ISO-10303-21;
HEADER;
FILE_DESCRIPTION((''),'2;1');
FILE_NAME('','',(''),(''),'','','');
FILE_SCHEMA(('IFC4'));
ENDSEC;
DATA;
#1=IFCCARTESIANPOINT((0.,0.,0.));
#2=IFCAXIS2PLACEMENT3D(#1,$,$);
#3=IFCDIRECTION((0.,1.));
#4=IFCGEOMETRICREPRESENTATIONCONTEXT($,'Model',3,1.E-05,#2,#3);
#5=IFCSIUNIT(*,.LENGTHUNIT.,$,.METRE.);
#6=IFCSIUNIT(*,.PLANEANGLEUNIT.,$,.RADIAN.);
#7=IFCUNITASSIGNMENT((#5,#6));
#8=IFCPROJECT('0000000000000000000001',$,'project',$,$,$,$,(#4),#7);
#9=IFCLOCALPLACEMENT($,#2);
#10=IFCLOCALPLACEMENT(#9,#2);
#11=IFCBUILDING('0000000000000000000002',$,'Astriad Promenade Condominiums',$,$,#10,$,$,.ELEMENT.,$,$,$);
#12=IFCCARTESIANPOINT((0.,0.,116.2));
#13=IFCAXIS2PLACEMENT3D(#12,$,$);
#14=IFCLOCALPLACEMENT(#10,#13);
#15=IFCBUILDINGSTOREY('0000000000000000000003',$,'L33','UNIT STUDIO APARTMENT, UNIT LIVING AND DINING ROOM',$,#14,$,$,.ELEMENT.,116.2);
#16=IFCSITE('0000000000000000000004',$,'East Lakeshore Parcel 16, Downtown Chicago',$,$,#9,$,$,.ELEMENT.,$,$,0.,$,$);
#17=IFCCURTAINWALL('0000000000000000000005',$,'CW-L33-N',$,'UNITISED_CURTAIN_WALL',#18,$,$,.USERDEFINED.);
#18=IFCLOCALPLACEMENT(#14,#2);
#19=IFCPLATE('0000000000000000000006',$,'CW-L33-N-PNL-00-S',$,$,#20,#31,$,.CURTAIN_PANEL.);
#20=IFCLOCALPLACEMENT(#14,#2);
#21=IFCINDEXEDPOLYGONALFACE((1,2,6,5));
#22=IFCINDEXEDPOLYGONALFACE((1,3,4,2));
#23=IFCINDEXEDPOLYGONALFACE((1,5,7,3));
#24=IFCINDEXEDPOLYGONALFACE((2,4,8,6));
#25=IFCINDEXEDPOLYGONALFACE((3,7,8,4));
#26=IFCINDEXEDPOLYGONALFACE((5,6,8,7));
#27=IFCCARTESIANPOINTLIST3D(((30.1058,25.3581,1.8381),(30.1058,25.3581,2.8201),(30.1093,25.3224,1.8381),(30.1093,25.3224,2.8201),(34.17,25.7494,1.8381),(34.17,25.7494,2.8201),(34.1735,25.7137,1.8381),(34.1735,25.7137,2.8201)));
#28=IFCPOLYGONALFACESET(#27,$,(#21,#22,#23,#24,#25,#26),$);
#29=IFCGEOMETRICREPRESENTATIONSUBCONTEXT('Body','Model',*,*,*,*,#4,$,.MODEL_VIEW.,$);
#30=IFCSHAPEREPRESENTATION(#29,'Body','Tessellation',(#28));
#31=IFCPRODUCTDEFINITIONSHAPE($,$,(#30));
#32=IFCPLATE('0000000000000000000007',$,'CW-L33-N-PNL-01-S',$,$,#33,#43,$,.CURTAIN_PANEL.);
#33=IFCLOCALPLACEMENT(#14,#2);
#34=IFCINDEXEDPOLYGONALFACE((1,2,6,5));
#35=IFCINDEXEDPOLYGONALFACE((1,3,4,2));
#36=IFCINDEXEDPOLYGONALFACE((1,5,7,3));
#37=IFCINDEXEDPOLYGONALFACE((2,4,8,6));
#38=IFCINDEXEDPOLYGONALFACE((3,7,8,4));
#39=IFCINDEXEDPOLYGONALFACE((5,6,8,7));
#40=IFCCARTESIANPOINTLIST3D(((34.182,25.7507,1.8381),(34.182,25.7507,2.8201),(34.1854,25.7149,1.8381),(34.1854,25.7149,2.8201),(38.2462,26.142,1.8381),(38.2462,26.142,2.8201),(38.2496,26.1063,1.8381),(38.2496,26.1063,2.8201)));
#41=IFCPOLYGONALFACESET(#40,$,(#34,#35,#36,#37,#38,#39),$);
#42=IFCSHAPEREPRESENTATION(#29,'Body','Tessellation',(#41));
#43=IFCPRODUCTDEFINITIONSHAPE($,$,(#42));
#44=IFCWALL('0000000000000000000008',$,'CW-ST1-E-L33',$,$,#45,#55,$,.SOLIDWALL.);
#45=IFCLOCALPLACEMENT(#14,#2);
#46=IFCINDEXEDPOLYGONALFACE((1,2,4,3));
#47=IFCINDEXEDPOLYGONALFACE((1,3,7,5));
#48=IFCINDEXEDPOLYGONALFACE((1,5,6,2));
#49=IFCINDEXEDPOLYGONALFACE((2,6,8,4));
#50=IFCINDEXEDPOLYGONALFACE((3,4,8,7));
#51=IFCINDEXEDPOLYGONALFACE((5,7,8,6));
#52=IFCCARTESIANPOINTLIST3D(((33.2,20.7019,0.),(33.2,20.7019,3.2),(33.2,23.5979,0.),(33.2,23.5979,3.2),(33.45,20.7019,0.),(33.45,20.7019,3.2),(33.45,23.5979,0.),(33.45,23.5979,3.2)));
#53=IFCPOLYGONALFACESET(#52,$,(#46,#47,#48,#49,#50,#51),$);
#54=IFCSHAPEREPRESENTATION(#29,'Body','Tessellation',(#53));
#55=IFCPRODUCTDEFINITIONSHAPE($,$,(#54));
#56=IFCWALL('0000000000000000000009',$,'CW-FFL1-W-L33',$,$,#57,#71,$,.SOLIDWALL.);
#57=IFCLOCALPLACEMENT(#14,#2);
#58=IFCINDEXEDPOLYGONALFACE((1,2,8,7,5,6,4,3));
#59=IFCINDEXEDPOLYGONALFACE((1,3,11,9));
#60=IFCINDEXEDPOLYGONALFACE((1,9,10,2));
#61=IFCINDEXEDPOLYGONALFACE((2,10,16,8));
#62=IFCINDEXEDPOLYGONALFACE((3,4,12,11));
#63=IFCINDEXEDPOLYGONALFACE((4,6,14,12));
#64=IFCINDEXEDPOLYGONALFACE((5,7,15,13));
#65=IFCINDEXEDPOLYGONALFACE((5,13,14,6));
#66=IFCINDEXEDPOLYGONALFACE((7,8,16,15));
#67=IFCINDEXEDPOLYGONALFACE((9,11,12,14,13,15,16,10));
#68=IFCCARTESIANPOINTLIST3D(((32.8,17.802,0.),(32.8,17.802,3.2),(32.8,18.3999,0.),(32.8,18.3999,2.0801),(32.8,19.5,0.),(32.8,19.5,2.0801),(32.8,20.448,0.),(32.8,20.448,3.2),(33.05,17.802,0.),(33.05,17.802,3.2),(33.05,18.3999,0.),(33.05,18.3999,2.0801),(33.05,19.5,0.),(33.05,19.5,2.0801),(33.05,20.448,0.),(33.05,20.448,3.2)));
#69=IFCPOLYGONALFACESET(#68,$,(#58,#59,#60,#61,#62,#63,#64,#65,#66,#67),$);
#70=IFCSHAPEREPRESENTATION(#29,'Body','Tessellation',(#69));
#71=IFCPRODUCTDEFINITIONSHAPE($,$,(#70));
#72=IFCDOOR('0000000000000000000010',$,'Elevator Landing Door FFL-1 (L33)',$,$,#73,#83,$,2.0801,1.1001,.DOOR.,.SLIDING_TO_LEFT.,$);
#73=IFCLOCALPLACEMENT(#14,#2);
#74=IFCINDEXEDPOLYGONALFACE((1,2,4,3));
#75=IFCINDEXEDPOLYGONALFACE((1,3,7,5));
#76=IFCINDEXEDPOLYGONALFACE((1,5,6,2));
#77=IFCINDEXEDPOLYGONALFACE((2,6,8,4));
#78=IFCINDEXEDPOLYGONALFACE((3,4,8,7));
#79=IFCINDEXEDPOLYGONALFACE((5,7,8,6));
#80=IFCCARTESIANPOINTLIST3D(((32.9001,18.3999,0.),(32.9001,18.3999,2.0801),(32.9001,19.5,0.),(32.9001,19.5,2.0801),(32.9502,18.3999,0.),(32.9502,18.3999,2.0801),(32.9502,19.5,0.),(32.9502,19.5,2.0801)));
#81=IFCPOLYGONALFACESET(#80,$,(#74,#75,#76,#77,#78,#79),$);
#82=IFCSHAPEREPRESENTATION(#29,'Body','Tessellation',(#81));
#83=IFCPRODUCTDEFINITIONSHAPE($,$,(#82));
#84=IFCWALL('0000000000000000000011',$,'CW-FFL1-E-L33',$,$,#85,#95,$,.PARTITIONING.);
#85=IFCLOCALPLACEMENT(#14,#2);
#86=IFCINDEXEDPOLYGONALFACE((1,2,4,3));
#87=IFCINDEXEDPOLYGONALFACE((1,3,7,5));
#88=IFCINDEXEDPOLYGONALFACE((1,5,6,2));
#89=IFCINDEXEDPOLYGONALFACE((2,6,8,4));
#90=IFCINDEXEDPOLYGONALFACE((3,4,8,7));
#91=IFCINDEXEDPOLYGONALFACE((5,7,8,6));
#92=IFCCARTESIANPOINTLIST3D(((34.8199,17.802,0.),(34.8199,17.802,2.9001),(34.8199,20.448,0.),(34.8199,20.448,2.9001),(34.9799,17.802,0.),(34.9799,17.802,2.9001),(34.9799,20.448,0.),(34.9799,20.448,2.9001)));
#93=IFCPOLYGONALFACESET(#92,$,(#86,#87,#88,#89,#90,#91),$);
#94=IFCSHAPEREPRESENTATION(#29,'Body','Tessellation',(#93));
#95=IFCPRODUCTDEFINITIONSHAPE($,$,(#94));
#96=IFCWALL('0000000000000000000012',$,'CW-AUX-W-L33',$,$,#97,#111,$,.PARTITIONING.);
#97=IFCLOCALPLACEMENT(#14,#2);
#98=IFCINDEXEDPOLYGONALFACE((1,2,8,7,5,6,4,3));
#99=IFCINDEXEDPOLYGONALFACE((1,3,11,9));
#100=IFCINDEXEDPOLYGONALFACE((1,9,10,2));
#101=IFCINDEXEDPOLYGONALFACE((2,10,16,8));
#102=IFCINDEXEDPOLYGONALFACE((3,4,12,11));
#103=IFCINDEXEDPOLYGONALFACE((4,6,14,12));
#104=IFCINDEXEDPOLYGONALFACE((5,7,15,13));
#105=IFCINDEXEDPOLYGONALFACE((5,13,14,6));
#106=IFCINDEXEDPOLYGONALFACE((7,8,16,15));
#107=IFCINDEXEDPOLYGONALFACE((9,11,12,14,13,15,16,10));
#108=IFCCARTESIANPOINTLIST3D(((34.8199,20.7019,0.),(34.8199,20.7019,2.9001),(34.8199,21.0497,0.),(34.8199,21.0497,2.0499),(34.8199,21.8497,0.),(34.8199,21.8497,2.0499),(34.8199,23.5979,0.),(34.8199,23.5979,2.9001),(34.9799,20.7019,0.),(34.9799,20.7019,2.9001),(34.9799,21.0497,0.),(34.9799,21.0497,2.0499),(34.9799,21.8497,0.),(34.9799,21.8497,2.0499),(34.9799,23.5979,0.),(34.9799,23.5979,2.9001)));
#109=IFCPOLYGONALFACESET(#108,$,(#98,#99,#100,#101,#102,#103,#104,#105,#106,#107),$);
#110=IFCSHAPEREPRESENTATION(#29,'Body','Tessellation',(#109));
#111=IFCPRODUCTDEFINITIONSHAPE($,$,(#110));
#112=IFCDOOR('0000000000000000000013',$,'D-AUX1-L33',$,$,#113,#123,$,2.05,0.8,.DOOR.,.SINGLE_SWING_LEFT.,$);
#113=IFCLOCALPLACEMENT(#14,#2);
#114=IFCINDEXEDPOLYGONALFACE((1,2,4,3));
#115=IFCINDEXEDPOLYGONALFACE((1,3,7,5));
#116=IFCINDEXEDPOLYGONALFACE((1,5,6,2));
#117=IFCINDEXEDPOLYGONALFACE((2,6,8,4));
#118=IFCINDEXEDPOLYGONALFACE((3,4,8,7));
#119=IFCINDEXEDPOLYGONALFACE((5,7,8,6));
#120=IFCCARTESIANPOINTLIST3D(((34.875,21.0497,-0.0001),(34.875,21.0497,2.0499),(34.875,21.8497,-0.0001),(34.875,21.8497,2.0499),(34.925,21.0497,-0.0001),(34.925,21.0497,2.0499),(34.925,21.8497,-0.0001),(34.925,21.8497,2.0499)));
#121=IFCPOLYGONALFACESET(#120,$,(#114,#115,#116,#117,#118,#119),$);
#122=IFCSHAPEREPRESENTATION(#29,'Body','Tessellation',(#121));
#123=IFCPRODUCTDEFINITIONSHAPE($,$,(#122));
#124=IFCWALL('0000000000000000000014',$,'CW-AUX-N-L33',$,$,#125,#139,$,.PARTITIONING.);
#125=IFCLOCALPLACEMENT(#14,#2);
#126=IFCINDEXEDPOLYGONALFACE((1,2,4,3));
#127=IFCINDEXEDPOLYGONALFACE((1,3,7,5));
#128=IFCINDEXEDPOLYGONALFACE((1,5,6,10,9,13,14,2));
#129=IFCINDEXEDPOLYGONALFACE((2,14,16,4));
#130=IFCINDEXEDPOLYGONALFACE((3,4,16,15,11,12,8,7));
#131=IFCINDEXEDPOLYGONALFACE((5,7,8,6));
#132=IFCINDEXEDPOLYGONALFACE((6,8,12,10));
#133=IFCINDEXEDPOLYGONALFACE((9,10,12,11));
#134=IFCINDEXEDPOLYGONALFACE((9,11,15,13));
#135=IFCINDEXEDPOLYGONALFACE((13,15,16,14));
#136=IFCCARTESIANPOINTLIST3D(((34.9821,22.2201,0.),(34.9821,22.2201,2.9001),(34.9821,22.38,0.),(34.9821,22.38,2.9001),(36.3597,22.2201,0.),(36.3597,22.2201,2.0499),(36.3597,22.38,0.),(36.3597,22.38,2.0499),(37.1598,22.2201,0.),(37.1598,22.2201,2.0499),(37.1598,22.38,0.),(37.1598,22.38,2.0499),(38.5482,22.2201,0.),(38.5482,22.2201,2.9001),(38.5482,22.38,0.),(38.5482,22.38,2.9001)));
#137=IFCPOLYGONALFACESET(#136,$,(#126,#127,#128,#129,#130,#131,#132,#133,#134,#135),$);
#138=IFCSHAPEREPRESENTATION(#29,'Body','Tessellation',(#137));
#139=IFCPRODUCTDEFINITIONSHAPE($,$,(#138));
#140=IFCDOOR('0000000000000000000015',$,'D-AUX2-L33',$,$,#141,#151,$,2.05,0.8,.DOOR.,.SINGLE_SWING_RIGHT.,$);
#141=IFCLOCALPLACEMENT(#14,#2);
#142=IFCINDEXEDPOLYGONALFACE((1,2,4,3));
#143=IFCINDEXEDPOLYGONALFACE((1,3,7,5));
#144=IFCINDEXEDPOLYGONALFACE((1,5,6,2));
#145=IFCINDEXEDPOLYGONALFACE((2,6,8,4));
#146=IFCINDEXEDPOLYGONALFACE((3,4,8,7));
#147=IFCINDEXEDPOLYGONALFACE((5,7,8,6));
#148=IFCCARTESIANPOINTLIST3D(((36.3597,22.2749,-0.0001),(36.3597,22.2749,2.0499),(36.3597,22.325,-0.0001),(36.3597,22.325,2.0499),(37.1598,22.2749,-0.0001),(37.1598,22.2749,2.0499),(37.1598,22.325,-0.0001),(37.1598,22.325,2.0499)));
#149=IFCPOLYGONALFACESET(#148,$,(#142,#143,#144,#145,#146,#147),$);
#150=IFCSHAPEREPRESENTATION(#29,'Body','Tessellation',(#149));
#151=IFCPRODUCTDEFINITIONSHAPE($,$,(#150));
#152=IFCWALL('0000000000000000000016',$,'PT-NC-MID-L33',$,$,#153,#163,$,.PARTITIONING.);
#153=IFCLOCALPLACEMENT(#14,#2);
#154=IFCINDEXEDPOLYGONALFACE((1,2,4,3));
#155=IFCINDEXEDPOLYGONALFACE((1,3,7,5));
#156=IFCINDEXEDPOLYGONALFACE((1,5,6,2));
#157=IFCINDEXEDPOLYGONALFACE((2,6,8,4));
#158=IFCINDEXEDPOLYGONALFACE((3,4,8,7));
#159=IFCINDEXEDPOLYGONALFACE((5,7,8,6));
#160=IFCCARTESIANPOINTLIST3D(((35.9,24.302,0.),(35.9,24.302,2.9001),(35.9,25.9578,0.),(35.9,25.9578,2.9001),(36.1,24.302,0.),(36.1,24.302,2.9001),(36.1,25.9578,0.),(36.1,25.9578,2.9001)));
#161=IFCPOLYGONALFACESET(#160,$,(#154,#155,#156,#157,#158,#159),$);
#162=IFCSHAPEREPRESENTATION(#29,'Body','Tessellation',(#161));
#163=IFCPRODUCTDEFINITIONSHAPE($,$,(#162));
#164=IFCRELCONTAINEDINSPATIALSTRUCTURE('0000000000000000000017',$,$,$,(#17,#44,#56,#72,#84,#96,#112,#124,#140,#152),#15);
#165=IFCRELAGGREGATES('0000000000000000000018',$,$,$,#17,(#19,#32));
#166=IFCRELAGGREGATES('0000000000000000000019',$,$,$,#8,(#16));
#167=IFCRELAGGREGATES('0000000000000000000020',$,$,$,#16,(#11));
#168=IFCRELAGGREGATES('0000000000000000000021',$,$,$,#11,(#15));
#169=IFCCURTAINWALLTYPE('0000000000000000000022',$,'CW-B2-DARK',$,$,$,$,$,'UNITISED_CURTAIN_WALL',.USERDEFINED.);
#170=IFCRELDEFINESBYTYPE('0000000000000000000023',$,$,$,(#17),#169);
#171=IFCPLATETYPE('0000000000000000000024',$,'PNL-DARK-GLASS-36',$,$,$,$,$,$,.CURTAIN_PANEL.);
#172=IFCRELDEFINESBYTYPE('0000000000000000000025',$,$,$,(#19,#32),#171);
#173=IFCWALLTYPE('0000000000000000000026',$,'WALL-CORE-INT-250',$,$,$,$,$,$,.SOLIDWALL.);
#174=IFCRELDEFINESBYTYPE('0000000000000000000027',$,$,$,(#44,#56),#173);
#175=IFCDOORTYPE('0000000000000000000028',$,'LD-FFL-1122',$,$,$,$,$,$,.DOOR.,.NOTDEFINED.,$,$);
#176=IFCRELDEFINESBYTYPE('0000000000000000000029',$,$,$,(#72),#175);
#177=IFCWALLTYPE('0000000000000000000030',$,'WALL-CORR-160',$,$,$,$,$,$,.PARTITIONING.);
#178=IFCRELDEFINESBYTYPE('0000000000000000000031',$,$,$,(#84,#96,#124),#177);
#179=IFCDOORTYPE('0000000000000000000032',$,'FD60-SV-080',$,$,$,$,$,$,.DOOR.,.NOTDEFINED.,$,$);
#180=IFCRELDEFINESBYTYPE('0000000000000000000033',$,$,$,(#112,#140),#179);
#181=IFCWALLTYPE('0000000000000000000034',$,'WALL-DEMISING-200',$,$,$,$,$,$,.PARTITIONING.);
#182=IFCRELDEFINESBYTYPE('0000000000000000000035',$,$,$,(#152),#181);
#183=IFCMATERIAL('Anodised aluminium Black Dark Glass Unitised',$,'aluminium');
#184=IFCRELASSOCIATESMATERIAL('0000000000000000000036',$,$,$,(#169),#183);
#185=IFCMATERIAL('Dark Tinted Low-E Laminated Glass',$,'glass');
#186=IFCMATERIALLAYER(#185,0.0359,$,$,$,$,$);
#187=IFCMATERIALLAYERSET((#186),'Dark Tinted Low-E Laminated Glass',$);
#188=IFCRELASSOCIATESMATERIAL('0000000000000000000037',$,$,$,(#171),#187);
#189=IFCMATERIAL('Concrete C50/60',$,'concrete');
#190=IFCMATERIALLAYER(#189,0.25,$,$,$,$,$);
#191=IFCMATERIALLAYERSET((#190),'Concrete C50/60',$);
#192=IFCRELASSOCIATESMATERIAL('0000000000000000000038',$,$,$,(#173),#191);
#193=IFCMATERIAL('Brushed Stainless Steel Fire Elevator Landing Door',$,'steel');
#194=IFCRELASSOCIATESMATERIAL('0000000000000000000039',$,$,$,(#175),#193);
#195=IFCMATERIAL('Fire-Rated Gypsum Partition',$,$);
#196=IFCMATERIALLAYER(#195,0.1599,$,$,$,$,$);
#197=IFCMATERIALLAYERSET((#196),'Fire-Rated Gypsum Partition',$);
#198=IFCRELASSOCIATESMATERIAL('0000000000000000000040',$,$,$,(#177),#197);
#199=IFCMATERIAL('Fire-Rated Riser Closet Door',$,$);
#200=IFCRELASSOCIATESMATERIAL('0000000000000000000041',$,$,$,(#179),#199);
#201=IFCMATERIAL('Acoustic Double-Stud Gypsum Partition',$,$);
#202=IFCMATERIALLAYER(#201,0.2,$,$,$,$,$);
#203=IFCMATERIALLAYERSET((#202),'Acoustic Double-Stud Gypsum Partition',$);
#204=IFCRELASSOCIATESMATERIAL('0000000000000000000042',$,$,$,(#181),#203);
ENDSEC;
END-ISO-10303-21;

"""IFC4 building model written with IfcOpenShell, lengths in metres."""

from ifc_helpers import new_model, si_unit, direction, frame, frame_2d, origin, origin_2d, place, context, subcontext, project, spatial, rectangle, extrude, source, transform, mapped, material, layer, layer_set, type_object, type_shapes, element, fill, aggregate, save


model = new_model("IFC4")

# Units and contexts
model_context = context("Model", 3, precision=1e-05, world=origin(), true_north=direction((0.0, 1.0)))
body_context = subcontext(model_context, "Body", "Model", "MODEL_VIEW")
ifc_project = project(units=[si_unit("LENGTHUNIT", "METRE"), si_unit("PLANEANGLEUNIT", "RADIAN")], contexts=[model_context])

# Site, building, storey
site_placement = place(None, origin())
site = spatial("IfcSite", under=ifc_project, at=site_placement, Name="East Lakeshore Parcel 16, Downtown Chicago", CompositionType="ELEMENT", RefElevation=0.0)
building_placement = place(site_placement, origin())
building = spatial("IfcBuilding", under=site, at=building_placement, Name="Astriad Promenade Condominiums", CompositionType="ELEMENT")
storey_placement = place(building_placement, frame((0.0, 0.0, 116.2)))
storey = spatial("IfcBuildingStorey", under=building, at=storey_placement, Name="L33", Description="UNIT STUDIO APARTMENT, UNIT LIVING AND DINING ROOM", CompositionType="ELEMENT", Elevation=116.2)

# Curtain wall, plates
ifc_material_1 = material(Name="Anodised aluminium Black Dark Glass Unitised", Category="aluminium")
curtain_wall_type = type_object("IfcCurtainWallType", Name="CW-B2-DARK", ElementType="UNITISED_CURTAIN_WALL", PredefinedType="USERDEFINED", material=ifc_material_1)
curtain_wall_placement = place(storey_placement, origin())
curtain_wall = element("IfcCurtainWall", 1, at=curtain_wall_placement, inside=storey, type_object=curtain_wall_type, Name="CW-L33-N", ObjectType="UNITISED_CURTAIN_WALL", PredefinedType="USERDEFINED")
ifc_material_2 = material(Name="Dark Tinted Low-E Laminated Glass", Category="glass")
ifc_layer_1 = layer(ifc_material_2, 0.0359)
ifc_layer_set_1 = layer_set([ifc_layer_1], Name="Dark Tinted Low-E Laminated Glass")
plate_type = type_object("IfcPlateType", Name="PNL-DARK-GLASS-36", PredefinedType="CURTAIN_PANEL", material=ifc_layer_set_1)
shared_shape_1 = source(origin(), body_context, "Body", "SweptSolid", [
    extrude(rectangle(XDim=4.083, YDim=0.0359, at=origin_2d()), origin(), (0.0, 0.0, 1.0), 0.9819),
])
plate_1_placement = place(storey_placement, frame((32.1396, 25.5359, 1.8381), z_axis=(0.0, 0.0, 1.0), x_axis=(0.995396, 0.095846, 0.0)))
plate_1 = element("IfcPlate", 2, at=plate_1_placement, type_object=plate_type, Name="CW-L33-N-PNL-00-S", PredefinedType="CURTAIN_PANEL", context=body_context, shape_type="MappedRepresentation", body=[
    mapped(shared_shape_1, transform((0.0, 0.0, 0.0), scale=1.0)),
])
plate_2_placement = place(storey_placement, frame((36.2158, 25.9285, 1.8381), z_axis=(0.0, 0.0, 1.0), x_axis=(0.995396, 0.095846, 0.0)))
plate_2 = element("IfcPlate", 3, at=plate_2_placement, type_object=plate_type, Name="CW-L33-N-PNL-01-S", PredefinedType="CURTAIN_PANEL", context=body_context, shape_type="MappedRepresentation", body=[
    mapped(shared_shape_1, transform((0.0, 0.0, 0.0), scale=1.0)),
])
aggregate(curtain_wall, [plate_1, plate_2])

# Wall
ifc_material_3 = material(Name="Concrete C50/60", Category="concrete")
ifc_layer_2 = layer(ifc_material_3, 0.25)
ifc_layer_set_2 = layer_set([ifc_layer_2], Name="Concrete C50/60")
wall_type_1 = type_object("IfcWallType", Name="WALL-CORE-INT-250", PredefinedType="SOLIDWALL", material=ifc_layer_set_2)
wall_1_placement = place(storey_placement, frame((33.325, 20.7019, 0.0), z_axis=(0.0, 0.0, 1.0), x_axis=(0.0, 1.0, 0.0)))
element("IfcWall", 4, at=wall_1_placement, inside=storey, type_object=wall_type_1, Name="CW-ST1-E-L33", PredefinedType="SOLIDWALL", context=body_context, shape_type="SweptSolid", body=[
    extrude(rectangle(XDim=2.896, YDim=0.25, at=frame_2d((1.448, 0.0))), origin(), (0.0, 0.0, 1.0), 3.2),
])

# Wall, opening, door
wall_2_placement = place(storey_placement, frame((32.925, 17.802, 0.0), z_axis=(0.0, 0.0, 1.0), x_axis=(0.0, 1.0, 0.0)))
wall_2 = element("IfcWall", 5, at=wall_2_placement, inside=storey, type_object=wall_type_1, Name="CW-FFL1-W-L33", PredefinedType="SOLIDWALL", context=body_context, shape_type="SweptSolid", body=[
    extrude(rectangle(XDim=2.646, YDim=0.25, at=frame_2d((1.323, 0.0))), origin(), (0.0, 0.0, 1.0), 3.2),
])
opening_1_placement = place(wall_2_placement, frame((0.5979, 0.0, 0.0)))
opening_1 = element("IfcOpeningElement", 6, at=opening_1_placement, cuts=wall_2, PredefinedType="OPENING", context=body_context, shape_type="SweptSolid", body=[
    extrude(rectangle(XDim=1.1001, YDim=2.0801, at=frame_2d((0.55, 1.04))), frame((0.0, 0.135, 0.0), z_axis=(0.0, -1.0, 0.0), x_axis=(1.0, 0.0, 0.0)), (0.0, 0.0, 1.0), 0.27),
])
ifc_material_4 = material(Name="Brushed Stainless Steel Fire Elevator Landing Door", Category="steel")
door_type_1 = type_object("IfcDoorType", Name="LD-FFL-1122", OperationType="NOTDEFINED", PredefinedType="DOOR", material=ifc_material_4)
shared_shape_2 = source(origin(), body_context, "Body", "SweptSolid", [
    extrude(rectangle(XDim=1.1001, YDim=2.0801, at=frame_2d((0.55, 1.04))), frame((0.0, 0.0249, 0.0), z_axis=(0.0, -1.0, 0.0), x_axis=(1.0, 0.0, 0.0)), (0.0, 0.0, 1.0), 0.05),
])
type_shapes(door_type_1, [shared_shape_2])
door_1_placement = place(opening_1_placement, origin())
door_1 = element("IfcDoor", 7, at=door_1_placement, inside=storey, type_object=door_type_1, Name="Elevator Landing Door FFL-1 (L33)", OperationType="SLIDING_TO_LEFT", OverallHeight=2.0801, OverallWidth=1.1001, PredefinedType="DOOR", context=body_context, shape_type="MappedRepresentation", body=[
    mapped(shared_shape_2, transform((0.0, 0.0, 0.0), scale=1.0)),
])
fill(opening_1, door_1)

# Wall
ifc_material_5 = material(Name="Fire-Rated Gypsum Partition")
ifc_layer_3 = layer(ifc_material_5, 0.1599)
ifc_layer_set_3 = layer_set([ifc_layer_3], Name="Fire-Rated Gypsum Partition")
wall_type_2 = type_object("IfcWallType", Name="WALL-CORR-160", PredefinedType="PARTITIONING", material=ifc_layer_set_3)
wall_3_placement = place(storey_placement, frame((34.8999, 17.802, 0.0), z_axis=(0.0, 0.0, 1.0), x_axis=(0.0, 1.0, 0.0)))
element("IfcWall", 8, at=wall_3_placement, inside=storey, type_object=wall_type_2, Name="CW-FFL1-E-L33", PredefinedType="PARTITIONING", context=body_context, shape_type="SweptSolid", body=[
    extrude(rectangle(XDim=2.646, YDim=0.1599, at=frame_2d((1.323, 0.0))), origin(), (0.0, 0.0, 1.0), 2.9001),
])

# Walls, openings, doors
wall_4_placement = place(storey_placement, frame((34.8999, 20.7019, 0.0), z_axis=(0.0, 0.0, 1.0), x_axis=(0.0, 1.0, 0.0)))
wall_4 = element("IfcWall", 9, at=wall_4_placement, inside=storey, type_object=wall_type_2, Name="CW-AUX-W-L33", PredefinedType="PARTITIONING", context=body_context, shape_type="SweptSolid", body=[
    extrude(rectangle(XDim=2.896, YDim=0.1599, at=frame_2d((1.448, 0.0))), origin(), (0.0, 0.0, 1.0), 2.9001),
])
opening_2_placement = place(wall_4_placement, frame((0.3479, 0.0, 0.0)))
opening_2 = element("IfcOpeningElement", 10, at=opening_2_placement, cuts=wall_4, PredefinedType="OPENING", context=body_context, shape_type="SweptSolid", body=[
    extrude(rectangle(XDim=0.8, YDim=2.05, at=frame_2d((0.3999, 1.0249))), frame((0.0, 0.0898, 0.0), z_axis=(0.0, -1.0, 0.0), x_axis=(1.0, 0.0, 0.0)), (0.0, 0.0, 1.0), 0.1799),
])
ifc_material_6 = material(Name="Fire-Rated Riser Closet Door")
door_type_2 = type_object("IfcDoorType", Name="FD60-SV-080", OperationType="NOTDEFINED", PredefinedType="DOOR", material=ifc_material_6)
shared_shape_3 = source(origin(), body_context, "Body", "SweptSolid", [
    extrude(rectangle(XDim=0.8, YDim=2.05, at=frame_2d((0.3999, 1.0249))), frame((0.0, 0.0249, 0.0), z_axis=(0.0, -1.0, 0.0), x_axis=(1.0, 0.0, 0.0)), (0.0, 0.0, 1.0), 0.05),
])
type_shapes(door_type_2, [shared_shape_3])
door_2_placement = place(opening_2_placement, origin())
door_2 = element("IfcDoor", 11, at=door_2_placement, inside=storey, type_object=door_type_2, Name="D-AUX1-L33", OperationType="SINGLE_SWING_LEFT", OverallHeight=2.05, OverallWidth=0.8, PredefinedType="DOOR", context=body_context, shape_type="MappedRepresentation", body=[
    mapped(shared_shape_3, transform((0.0, 0.0, 0.0), scale=1.0)),
])
fill(opening_2, door_2)
wall_5_placement = place(storey_placement, frame((34.9819, 22.3, 0.0), z_axis=(0.0, 0.0, 1.0), x_axis=(1.0, 0.0, 0.0)))
wall_5 = element("IfcWall", 12, at=wall_5_placement, inside=storey, type_object=wall_type_2, Name="CW-AUX-N-L33", PredefinedType="PARTITIONING", context=body_context, shape_type="SweptSolid", body=[
    extrude(rectangle(XDim=3.5662, YDim=0.1599, at=frame_2d((1.7832, 0.0))), origin(), (0.0, 0.0, 1.0), 2.9001),
])
opening_3_placement = place(wall_5_placement, frame((1.3779, 0.0, 0.0)))
opening_3 = element("IfcOpeningElement", 13, at=opening_3_placement, cuts=wall_5, PredefinedType="OPENING", context=body_context, shape_type="SweptSolid", body=[
    extrude(rectangle(XDim=0.8, YDim=2.05, at=frame_2d((0.3999, 1.0249))), frame((0.0, 0.0898, 0.0), z_axis=(0.0, -1.0, 0.0), x_axis=(1.0, 0.0, 0.0)), (0.0, 0.0, 1.0), 0.1799),
])
door_3_placement = place(opening_3_placement, origin())
door_3 = element("IfcDoor", 14, at=door_3_placement, inside=storey, type_object=door_type_2, Name="D-AUX2-L33", OperationType="SINGLE_SWING_RIGHT", OverallHeight=2.05, OverallWidth=0.8, PredefinedType="DOOR", context=body_context, shape_type="MappedRepresentation", body=[
    mapped(shared_shape_3, transform((0.0, 0.0, 0.0), scale=1.0)),
])
fill(opening_3, door_3)

# Wall
ifc_material_7 = material(Name="Acoustic Double-Stud Gypsum Partition")
ifc_layer_4 = layer(ifc_material_7, 0.2)
ifc_layer_set_4 = layer_set([ifc_layer_4], Name="Acoustic Double-Stud Gypsum Partition")
wall_type_3 = type_object("IfcWallType", Name="WALL-DEMISING-200", PredefinedType="PARTITIONING", material=ifc_layer_set_4)
wall_6_placement = place(storey_placement, frame((36.0, 24.302, 0.0), z_axis=(0.0, 0.0, 1.0), x_axis=(0.0, 1.0, 0.0)))
element("IfcWall", 15, at=wall_6_placement, inside=storey, type_object=wall_type_3, Name="PT-NC-MID-L33", PredefinedType="PARTITIONING", context=body_context, shape_type="SweptSolid", body=[
    extrude(rectangle(XDim=1.6558, YDim=0.2, at=frame_2d((0.8279, 0.0))), origin(), (0.0, 0.0, 1.0), 2.9001),
])

save(model, "model.ifc")
